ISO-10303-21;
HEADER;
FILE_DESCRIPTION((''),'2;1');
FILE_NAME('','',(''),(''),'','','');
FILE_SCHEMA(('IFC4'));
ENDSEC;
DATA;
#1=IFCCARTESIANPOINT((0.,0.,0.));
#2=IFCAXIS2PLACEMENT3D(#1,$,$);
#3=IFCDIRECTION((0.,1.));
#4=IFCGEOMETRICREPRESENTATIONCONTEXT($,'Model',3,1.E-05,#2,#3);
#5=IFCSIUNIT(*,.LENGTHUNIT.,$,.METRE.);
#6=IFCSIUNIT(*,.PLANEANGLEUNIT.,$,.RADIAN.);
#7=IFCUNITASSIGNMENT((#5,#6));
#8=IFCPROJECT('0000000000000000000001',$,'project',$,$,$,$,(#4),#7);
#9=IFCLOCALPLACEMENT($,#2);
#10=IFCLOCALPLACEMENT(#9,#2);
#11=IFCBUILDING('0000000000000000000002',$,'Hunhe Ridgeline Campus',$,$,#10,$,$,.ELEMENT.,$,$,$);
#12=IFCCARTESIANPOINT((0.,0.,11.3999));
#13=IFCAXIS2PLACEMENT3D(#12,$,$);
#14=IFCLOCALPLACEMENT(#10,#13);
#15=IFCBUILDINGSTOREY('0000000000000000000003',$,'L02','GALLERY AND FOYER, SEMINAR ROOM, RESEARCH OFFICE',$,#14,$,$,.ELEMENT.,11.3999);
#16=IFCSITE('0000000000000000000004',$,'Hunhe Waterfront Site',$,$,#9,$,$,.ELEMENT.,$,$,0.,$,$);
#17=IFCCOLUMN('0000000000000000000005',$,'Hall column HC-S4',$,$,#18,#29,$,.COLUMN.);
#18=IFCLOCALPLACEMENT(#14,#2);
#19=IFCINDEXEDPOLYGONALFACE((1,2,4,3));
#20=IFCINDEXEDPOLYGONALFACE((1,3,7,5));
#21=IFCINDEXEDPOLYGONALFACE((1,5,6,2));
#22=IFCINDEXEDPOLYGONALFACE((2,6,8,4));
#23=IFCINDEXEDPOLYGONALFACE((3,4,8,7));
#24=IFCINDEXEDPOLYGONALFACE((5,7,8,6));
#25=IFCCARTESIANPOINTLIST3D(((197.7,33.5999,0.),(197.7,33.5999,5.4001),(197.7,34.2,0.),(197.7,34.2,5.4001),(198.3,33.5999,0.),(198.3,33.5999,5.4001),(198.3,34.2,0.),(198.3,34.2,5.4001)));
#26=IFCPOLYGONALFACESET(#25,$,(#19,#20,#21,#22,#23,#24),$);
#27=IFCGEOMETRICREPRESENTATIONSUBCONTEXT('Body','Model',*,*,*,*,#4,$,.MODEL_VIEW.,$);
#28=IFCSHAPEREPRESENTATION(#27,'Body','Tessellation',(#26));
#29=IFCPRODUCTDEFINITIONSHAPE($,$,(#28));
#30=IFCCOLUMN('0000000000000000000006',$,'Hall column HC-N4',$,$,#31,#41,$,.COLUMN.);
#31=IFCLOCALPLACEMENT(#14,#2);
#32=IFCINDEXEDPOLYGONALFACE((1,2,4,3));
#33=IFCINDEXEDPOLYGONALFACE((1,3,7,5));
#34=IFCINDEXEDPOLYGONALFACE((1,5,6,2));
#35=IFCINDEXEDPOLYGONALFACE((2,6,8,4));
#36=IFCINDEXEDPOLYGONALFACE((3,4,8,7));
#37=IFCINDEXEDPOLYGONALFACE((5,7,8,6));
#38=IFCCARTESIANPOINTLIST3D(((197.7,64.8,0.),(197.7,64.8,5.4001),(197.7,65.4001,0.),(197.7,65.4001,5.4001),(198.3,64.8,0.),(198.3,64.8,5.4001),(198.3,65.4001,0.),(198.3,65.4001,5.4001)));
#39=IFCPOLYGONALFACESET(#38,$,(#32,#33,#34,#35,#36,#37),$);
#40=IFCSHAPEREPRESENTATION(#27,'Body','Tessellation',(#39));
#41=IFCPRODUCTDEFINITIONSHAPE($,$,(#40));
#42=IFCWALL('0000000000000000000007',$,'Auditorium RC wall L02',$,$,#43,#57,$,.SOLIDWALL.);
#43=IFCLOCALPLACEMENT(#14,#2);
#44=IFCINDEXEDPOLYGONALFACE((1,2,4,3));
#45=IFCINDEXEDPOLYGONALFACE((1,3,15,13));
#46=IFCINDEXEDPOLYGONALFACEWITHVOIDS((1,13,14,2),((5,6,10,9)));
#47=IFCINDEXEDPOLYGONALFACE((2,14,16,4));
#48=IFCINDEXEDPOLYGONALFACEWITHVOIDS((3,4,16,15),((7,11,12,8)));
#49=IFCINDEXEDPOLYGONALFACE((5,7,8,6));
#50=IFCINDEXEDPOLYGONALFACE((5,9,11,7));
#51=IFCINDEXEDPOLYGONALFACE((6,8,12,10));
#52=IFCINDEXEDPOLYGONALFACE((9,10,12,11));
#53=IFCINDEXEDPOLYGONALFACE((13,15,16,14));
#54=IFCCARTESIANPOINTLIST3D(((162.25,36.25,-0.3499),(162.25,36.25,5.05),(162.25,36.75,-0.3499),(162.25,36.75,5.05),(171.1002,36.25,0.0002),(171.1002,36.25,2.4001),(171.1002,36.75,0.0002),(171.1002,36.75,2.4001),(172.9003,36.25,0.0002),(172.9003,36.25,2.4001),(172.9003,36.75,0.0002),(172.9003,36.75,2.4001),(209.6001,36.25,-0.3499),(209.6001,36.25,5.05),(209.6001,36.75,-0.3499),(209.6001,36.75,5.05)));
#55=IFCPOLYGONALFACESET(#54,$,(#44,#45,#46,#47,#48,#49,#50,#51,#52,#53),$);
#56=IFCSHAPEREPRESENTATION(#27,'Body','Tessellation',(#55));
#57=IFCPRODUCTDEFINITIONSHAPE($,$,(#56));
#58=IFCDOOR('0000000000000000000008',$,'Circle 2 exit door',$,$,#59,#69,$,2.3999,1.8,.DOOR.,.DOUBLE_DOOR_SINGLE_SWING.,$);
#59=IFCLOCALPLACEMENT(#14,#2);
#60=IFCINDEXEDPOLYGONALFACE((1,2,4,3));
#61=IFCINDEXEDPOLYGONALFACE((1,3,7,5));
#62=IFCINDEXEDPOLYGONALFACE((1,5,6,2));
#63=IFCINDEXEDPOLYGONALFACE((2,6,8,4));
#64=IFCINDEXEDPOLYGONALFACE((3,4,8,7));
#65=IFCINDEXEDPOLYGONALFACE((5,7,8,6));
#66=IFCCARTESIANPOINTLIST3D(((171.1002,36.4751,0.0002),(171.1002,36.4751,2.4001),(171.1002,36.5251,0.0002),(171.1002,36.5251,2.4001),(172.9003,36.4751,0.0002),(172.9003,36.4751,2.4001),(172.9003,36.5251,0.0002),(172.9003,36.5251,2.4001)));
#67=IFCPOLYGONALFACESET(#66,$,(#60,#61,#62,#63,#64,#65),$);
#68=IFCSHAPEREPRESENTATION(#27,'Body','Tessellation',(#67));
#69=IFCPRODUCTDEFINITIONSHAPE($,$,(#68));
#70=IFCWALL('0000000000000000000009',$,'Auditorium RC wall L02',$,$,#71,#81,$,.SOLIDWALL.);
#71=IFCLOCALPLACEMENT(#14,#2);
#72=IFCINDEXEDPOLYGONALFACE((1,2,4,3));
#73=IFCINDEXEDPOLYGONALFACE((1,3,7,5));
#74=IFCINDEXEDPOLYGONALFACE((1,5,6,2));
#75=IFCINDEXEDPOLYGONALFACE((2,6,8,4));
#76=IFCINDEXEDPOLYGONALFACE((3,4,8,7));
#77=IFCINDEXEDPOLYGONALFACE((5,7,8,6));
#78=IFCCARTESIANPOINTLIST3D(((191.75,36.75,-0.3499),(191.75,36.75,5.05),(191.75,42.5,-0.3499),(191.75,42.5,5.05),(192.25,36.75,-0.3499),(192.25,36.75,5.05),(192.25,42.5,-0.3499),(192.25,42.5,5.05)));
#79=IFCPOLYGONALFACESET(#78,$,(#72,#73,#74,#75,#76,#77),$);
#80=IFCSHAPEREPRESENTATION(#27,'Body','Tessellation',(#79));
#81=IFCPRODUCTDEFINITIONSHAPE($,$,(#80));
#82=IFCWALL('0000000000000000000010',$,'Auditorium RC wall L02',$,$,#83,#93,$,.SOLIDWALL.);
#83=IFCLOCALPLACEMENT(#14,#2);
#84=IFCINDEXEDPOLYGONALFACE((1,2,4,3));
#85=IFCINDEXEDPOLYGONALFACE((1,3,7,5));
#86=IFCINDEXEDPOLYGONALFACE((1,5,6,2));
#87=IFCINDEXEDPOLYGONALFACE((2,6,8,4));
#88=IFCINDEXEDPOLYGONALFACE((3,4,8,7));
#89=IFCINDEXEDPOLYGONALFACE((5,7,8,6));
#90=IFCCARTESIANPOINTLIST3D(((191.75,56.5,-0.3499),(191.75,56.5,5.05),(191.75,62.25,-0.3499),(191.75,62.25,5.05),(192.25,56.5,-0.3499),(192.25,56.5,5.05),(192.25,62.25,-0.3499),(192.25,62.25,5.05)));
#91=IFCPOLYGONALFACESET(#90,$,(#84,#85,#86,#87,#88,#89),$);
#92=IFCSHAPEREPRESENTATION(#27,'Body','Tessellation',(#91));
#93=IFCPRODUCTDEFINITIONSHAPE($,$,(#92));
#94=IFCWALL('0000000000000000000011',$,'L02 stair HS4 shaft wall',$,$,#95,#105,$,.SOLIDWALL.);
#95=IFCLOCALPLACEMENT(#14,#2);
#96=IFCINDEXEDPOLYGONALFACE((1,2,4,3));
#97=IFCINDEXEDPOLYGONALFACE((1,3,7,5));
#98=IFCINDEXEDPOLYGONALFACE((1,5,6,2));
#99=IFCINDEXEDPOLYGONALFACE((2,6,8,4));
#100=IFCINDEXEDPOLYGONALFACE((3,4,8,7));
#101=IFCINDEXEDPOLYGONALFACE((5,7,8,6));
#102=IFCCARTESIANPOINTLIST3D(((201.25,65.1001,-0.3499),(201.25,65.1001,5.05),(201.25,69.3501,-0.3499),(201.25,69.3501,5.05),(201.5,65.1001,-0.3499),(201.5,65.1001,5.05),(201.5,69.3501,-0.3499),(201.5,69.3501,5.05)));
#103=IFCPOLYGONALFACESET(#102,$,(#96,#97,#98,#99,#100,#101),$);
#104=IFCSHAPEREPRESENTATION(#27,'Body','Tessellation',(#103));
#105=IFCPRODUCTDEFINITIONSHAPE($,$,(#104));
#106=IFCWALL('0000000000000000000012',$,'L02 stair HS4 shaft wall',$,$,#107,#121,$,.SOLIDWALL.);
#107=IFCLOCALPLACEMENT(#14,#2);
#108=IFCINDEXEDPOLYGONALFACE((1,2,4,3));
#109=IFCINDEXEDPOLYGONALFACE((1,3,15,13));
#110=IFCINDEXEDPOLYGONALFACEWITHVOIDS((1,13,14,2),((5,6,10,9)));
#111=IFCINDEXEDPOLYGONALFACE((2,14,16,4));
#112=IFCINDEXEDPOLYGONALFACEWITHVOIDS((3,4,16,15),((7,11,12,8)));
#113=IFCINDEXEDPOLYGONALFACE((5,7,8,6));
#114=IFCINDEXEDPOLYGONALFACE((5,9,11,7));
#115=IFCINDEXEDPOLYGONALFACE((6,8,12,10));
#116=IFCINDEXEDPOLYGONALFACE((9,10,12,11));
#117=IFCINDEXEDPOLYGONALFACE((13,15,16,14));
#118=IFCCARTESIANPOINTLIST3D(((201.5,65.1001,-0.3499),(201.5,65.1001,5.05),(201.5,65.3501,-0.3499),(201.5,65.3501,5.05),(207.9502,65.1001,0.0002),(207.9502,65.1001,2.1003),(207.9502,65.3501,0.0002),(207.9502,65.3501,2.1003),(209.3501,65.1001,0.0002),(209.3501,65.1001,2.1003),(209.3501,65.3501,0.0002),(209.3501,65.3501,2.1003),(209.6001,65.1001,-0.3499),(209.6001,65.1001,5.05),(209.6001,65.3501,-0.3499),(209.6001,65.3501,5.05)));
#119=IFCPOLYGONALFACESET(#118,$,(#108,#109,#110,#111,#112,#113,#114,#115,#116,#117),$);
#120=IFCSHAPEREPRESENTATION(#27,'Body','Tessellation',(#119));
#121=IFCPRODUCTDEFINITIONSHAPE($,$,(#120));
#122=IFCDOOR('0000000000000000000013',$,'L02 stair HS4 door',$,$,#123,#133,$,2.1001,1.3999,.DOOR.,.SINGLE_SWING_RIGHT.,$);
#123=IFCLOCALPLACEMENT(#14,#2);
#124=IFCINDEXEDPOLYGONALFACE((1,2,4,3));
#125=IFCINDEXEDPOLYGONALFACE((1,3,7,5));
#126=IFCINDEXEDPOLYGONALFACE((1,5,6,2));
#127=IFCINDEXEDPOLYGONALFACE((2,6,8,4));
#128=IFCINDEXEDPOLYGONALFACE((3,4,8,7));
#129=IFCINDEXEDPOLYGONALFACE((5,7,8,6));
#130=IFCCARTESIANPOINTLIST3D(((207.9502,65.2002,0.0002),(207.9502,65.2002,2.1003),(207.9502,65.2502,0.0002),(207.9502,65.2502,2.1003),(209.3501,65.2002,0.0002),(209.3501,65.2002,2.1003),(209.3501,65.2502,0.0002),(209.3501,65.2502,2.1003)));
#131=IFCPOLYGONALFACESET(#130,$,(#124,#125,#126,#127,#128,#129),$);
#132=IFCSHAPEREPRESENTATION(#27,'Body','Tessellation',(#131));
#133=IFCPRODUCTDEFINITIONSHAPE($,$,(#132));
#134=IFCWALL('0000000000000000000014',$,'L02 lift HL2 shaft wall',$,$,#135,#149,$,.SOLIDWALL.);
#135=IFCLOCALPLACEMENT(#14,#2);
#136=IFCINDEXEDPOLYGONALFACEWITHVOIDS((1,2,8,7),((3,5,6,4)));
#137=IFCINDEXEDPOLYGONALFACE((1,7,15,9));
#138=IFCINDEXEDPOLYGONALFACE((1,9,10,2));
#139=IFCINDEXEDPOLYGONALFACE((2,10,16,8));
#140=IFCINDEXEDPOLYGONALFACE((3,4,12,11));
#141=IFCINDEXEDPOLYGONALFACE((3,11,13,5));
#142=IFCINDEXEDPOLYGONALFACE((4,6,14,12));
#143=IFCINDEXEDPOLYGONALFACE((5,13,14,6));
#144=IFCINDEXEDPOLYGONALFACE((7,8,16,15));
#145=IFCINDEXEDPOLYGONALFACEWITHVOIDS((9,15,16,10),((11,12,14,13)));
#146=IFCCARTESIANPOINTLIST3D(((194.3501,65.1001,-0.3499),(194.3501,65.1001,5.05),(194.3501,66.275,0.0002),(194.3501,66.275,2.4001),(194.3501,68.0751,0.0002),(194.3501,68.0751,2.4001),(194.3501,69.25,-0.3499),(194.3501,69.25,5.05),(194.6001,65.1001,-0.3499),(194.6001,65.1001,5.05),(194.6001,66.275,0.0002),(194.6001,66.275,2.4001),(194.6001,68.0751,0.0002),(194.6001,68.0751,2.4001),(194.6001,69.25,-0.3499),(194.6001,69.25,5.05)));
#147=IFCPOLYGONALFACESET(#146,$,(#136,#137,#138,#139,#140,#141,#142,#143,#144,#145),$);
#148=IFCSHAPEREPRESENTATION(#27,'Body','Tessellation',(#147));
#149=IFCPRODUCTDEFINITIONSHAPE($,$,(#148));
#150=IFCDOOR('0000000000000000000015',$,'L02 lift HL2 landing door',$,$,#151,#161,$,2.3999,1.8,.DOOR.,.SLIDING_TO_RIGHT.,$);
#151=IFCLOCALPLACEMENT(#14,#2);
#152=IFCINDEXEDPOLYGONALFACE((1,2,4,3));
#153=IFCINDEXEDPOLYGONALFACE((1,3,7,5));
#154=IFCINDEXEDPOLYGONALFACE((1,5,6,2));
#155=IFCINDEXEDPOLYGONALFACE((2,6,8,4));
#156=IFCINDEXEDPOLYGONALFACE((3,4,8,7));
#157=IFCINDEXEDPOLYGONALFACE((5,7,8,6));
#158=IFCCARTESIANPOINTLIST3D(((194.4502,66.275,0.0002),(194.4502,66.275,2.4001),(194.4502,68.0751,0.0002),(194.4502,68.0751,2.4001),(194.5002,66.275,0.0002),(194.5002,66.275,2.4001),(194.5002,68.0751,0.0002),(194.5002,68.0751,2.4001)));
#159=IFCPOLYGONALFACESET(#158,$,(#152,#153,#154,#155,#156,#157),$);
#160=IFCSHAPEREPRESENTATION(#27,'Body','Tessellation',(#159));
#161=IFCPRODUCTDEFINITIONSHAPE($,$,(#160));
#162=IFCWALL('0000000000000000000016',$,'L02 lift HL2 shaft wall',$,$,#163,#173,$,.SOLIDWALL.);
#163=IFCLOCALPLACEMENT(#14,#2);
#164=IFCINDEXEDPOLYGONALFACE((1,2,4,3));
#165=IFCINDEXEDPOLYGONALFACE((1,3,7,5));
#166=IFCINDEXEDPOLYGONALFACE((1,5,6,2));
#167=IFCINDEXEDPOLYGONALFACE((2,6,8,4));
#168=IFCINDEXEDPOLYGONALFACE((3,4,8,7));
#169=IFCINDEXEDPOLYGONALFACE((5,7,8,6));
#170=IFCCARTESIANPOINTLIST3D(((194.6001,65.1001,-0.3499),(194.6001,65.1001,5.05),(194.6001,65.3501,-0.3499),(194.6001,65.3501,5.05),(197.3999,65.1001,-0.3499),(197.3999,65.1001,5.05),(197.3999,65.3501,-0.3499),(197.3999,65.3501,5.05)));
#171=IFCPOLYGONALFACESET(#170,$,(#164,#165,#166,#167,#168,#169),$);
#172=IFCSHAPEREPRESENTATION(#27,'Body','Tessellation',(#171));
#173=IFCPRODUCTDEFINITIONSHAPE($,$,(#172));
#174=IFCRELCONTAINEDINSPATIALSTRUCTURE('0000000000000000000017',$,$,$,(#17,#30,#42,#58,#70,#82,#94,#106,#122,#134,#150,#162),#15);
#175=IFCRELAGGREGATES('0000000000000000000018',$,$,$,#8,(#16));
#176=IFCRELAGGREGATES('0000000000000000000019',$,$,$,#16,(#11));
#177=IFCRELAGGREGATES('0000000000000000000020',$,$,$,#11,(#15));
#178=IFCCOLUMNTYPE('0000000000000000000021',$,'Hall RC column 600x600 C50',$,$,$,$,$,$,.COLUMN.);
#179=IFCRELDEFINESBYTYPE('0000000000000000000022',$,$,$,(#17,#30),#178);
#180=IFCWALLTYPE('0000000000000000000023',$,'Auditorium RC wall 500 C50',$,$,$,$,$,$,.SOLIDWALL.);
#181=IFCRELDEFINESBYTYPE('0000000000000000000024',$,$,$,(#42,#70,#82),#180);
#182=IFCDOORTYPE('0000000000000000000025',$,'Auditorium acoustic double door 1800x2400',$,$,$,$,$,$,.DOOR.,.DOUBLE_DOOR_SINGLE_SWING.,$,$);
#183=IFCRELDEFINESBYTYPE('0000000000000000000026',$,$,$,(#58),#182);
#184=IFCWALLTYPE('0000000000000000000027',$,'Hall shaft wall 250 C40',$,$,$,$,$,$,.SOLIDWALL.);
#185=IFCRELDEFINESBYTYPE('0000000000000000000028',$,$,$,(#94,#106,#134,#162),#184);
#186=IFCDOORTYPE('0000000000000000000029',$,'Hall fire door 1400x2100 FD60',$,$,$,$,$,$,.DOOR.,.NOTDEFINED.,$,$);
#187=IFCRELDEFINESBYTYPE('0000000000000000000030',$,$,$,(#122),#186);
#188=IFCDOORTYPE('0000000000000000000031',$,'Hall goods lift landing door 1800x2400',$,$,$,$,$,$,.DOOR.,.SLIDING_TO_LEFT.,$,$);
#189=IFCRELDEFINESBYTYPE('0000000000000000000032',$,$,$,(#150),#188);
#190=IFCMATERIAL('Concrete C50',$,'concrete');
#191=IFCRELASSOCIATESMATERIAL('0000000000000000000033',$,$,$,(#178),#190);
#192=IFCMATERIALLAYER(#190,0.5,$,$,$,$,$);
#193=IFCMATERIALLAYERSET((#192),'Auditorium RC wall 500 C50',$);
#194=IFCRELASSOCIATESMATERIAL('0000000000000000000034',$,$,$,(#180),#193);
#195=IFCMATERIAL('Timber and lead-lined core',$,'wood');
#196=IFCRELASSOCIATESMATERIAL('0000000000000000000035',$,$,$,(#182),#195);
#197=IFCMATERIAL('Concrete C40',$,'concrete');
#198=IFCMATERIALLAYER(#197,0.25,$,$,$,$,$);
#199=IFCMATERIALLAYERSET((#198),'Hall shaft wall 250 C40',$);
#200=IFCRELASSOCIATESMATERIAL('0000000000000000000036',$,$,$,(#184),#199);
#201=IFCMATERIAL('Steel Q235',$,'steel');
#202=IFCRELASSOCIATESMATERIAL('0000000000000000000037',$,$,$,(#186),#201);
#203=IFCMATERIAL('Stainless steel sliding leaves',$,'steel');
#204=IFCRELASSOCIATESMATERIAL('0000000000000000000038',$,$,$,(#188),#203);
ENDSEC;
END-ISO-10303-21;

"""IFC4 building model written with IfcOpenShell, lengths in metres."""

from ifc_helpers import new_model, si_unit, direction, frame, frame_2d, origin, origin_2d, place, context, subcontext, project, spatial, rectangle, extrude, material, layer, layer_set, material_profile, profile_set, type_object, element, fill, save


model = new_model("IFC4")

# Units and contexts
model_context = context("Model", 3, precision=1e-05, world=origin(), true_north=direction((0.0, 1.0)))
body_context = subcontext(model_context, "Body", "Model", "MODEL_VIEW")
ifc_project = project(units=[si_unit("LENGTHUNIT", "METRE"), si_unit("PLANEANGLEUNIT", "RADIAN")], contexts=[model_context])

# Site, building, storey
site_placement = place(None, origin())
site = spatial("IfcSite", under=ifc_project, at=site_placement, Name="Hunhe Waterfront Site", CompositionType="ELEMENT", RefElevation=0.0)
building_placement = place(site_placement, origin())
building = spatial("IfcBuilding", under=site, at=building_placement, Name="Hunhe Ridgeline Campus", CompositionType="ELEMENT")
storey_placement = place(building_placement, frame((0.0, 0.0, 11.3999)))
storey = spatial("IfcBuildingStorey", under=building, at=storey_placement, Name="L02", Description="GALLERY AND FOYER, SEMINAR ROOM, RESEARCH OFFICE", CompositionType="ELEMENT", Elevation=11.3999)

# Columns
ifc_material_1 = material(Name="Concrete C50", Category="concrete")
ifc_material_profile = material_profile(ifc_material_1, rectangle(XDim=0.6001, YDim=0.6001, at=origin_2d()))
ifc_profile_set = profile_set([ifc_material_profile], Name="Concrete C50")
column_type = type_object("IfcColumnType", Name="Hall RC column 600x600 C50", PredefinedType="COLUMN", material=ifc_profile_set)
for number, where, z_axis, x_axis, name in (
    (1, (198.0, 33.8999, 0.0), (0.0, 0.0, 1.0), (1.0, 0.0, 0.0), "Hall column HC-S4"),
    (2, (198.0, 65.1001, 0.0), (0.0, 0.0, 1.0), (1.0, 0.0, 0.0), "Hall column HC-N4"),
):
    element("IfcColumn", number, at=place(storey_placement, frame(where, z_axis=z_axis, x_axis=x_axis)), inside=storey, type_object=column_type, Name=name, PredefinedType="COLUMN", context=body_context, shape_type="SweptSolid", body=[
        extrude(rectangle(XDim=0.6001, YDim=0.6001, at=origin_2d()), origin(), (0.0, 0.0, 1.0), 5.4001),
    ])

# Wall, opening, door
ifc_layer_1 = layer(ifc_material_1, 0.5)
ifc_layer_set_1 = layer_set([ifc_layer_1], Name="Auditorium RC wall 500 C50")
wall_type_1 = type_object("IfcWallType", Name="Auditorium RC wall 500 C50", PredefinedType="SOLIDWALL", material=ifc_layer_set_1)
wall_1_placement = place(storey_placement, frame((209.6001, 36.5, -0.3499), z_axis=(0.0, 0.0, 1.0), x_axis=(-1.0, 0.0, 0.0)))
wall_1 = element("IfcWall", 3, at=wall_1_placement, inside=storey, type_object=wall_type_1, Name="Auditorium RC wall L02", PredefinedType="SOLIDWALL", context=body_context, shape_type="SweptSolid", body=[
    extrude(rectangle(XDim=47.3501, YDim=0.5, at=frame_2d((23.675, 0.0))), origin(), (0.0, 0.0, 1.0), 5.3999),
])
opening_1_placement = place(wall_1_placement, frame((36.7, 0.0, 0.3501)))
opening_1 = element("IfcOpeningElement", 4, at=opening_1_placement, cuts=wall_1, PredefinedType="OPENING", context=body_context, shape_type="SweptSolid", body=[
    extrude(rectangle(XDim=1.8, YDim=2.3999, at=frame_2d((0.8999, 1.2))), frame((0.0, 0.25, 0.0), z_axis=(0.0, -1.0, 0.0), x_axis=(1.0, 0.0, 0.0)), (0.0, 0.0, 1.0), 0.5),
])
ifc_material_2 = material(Name="Timber and lead-lined core", Category="wood")
door_type_1 = type_object("IfcDoorType", Name="Auditorium acoustic double door 1800x2400", OperationType="DOUBLE_DOOR_SINGLE_SWING", PredefinedType="DOOR", material=ifc_material_2)
door_1_placement = place(opening_1_placement, origin())
door_1 = element("IfcDoor", 5, at=door_1_placement, inside=storey, type_object=door_type_1, Name="Circle 2 exit door", OperationType="DOUBLE_DOOR_SINGLE_SWING", OverallHeight=2.3999, OverallWidth=1.8, PredefinedType="DOOR", context=body_context, shape_type="SweptSolid", body=[
    extrude(rectangle(XDim=1.8, YDim=2.3999, at=frame_2d((0.8999, 1.2))), frame((0.0, 0.0249, 0.0), z_axis=(0.0, -1.0, 0.0), x_axis=(1.0, 0.0, 0.0)), (0.0, 0.0, 1.0), 0.05),
])
fill(opening_1, door_1)

# Walls
for number, where, z_axis, x_axis, name in (
    (6, (192.0, 36.75, -0.3499), (0.0, 0.0, 1.0), (0.0, 1.0, 0.0), "Auditorium RC wall L02"),
    (7, (192.0, 56.5, -0.3499), (0.0, 0.0, 1.0), (0.0, 1.0, 0.0), "Auditorium RC wall L02"),
):
    element("IfcWall", number, at=place(storey_placement, frame(where, z_axis=z_axis, x_axis=x_axis)), inside=storey, type_object=wall_type_1, Name=name, PredefinedType="SOLIDWALL", context=body_context, shape_type="SweptSolid", body=[
        extrude(rectangle(XDim=5.75, YDim=0.5, at=frame_2d((2.875, 0.0))), origin(), (0.0, 0.0, 1.0), 5.3999),
    ])

# Wall
ifc_material_3 = material(Name="Concrete C40", Category="concrete")
ifc_layer_2 = layer(ifc_material_3, 0.25)
ifc_layer_set_2 = layer_set([ifc_layer_2], Name="Hall shaft wall 250 C40")
wall_type_2 = type_object("IfcWallType", Name="Hall shaft wall 250 C40", PredefinedType="SOLIDWALL", material=ifc_layer_set_2)
wall_2_placement = place(storey_placement, frame((201.375, 65.1001, -0.3499), z_axis=(0.0, 0.0, 1.0), x_axis=(0.0, 1.0, 0.0)))
element("IfcWall", 8, at=wall_2_placement, inside=storey, type_object=wall_type_2, Name="L02 stair HS4 shaft wall", PredefinedType="SOLIDWALL", context=body_context, shape_type="SweptSolid", body=[
    extrude(rectangle(XDim=4.25, YDim=0.25, at=frame_2d((2.125, 0.0))), origin(), (0.0, 0.0, 1.0), 5.3999),
])

# Walls, openings, doors
wall_3_placement = place(storey_placement, frame((209.6001, 65.2251, -0.3499), z_axis=(0.0, 0.0, 1.0), x_axis=(-1.0, 0.0, 0.0)))
wall_3 = element("IfcWall", 9, at=wall_3_placement, inside=storey, type_object=wall_type_2, Name="L02 stair HS4 shaft wall", PredefinedType="SOLIDWALL", context=body_context, shape_type="SweptSolid", body=[
    extrude(rectangle(XDim=8.1001, YDim=0.25, at=frame_2d((4.05, 0.0))), origin(), (0.0, 0.0, 1.0), 5.3999),
])
opening_2_placement = place(wall_3_placement, frame((0.25, 0.0, 0.3501)))
opening_2 = element("IfcOpeningElement", 10, at=opening_2_placement, cuts=wall_3, PredefinedType="OPENING", context=body_context, shape_type="SweptSolid", body=[
    extrude(rectangle(XDim=1.3999, YDim=2.1001, at=frame_2d((0.7, 1.05))), frame((0.0, 0.125, 0.0), z_axis=(0.0, -1.0, 0.0), x_axis=(1.0, 0.0, 0.0)), (0.0, 0.0, 1.0), 0.25),
])
ifc_material_4 = material(Name="Steel Q235", Category="steel")
door_type_2 = type_object("IfcDoorType", Name="Hall fire door 1400x2100 FD60", OperationType="NOTDEFINED", PredefinedType="DOOR", material=ifc_material_4)
door_2_placement = place(opening_2_placement, origin())
door_2 = element("IfcDoor", 11, at=door_2_placement, inside=storey, type_object=door_type_2, Name="L02 stair HS4 door", OperationType="SINGLE_SWING_RIGHT", OverallHeight=2.1001, OverallWidth=1.3999, PredefinedType="DOOR", context=body_context, shape_type="SweptSolid", body=[
    extrude(rectangle(XDim=1.3999, YDim=2.1001, at=frame_2d((0.7, 1.05))), frame((0.0, 0.0249, 0.0), z_axis=(0.0, -1.0, 0.0), x_axis=(1.0, 0.0, 0.0)), (0.0, 0.0, 1.0), 0.05),
])
fill(opening_2, door_2)
wall_4_placement = place(storey_placement, frame((194.4751, 65.1001, -0.3499), z_axis=(0.0, 0.0, 1.0), x_axis=(0.0, 1.0, 0.0)))
wall_4 = element("IfcWall", 12, at=wall_4_placement, inside=storey, type_object=wall_type_2, Name="L02 lift HL2 shaft wall", PredefinedType="SOLIDWALL", context=body_context, shape_type="SweptSolid", body=[
    extrude(rectangle(XDim=4.1499, YDim=0.25, at=frame_2d((2.075, 0.0))), origin(), (0.0, 0.0, 1.0), 5.3999),
])
opening_3_placement = place(wall_4_placement, frame((1.175, 0.0, 0.3501)))
opening_3 = element("IfcOpeningElement", 13, at=opening_3_placement, cuts=wall_4, PredefinedType="OPENING", context=body_context, shape_type="SweptSolid", body=[
    extrude(rectangle(XDim=1.8, YDim=2.3999, at=frame_2d((0.8999, 1.2))), frame((0.0, 0.125, 0.0), z_axis=(0.0, -1.0, 0.0), x_axis=(1.0, 0.0, 0.0)), (0.0, 0.0, 1.0), 0.25),
])
ifc_material_5 = material(Name="Stainless steel sliding leaves", Category="steel")
door_type_3 = type_object("IfcDoorType", Name="Hall goods lift landing door 1800x2400", OperationType="SLIDING_TO_LEFT", PredefinedType="DOOR", material=ifc_material_5)
door_3_placement = place(opening_3_placement, origin())
door_3 = element("IfcDoor", 14, at=door_3_placement, inside=storey, type_object=door_type_3, Name="L02 lift HL2 landing door", OperationType="SLIDING_TO_RIGHT", OverallHeight=2.3999, OverallWidth=1.8, PredefinedType="DOOR", context=body_context, shape_type="SweptSolid", body=[
    extrude(rectangle(XDim=1.8, YDim=2.3999, at=frame_2d((0.8999, 1.2))), frame((0.0, 0.0249, 0.0), z_axis=(0.0, -1.0, 0.0), x_axis=(1.0, 0.0, 0.0)), (0.0, 0.0, 1.0), 0.05),
])
fill(opening_3, door_3)

# Wall
wall_5_placement = place(storey_placement, frame((197.3999, 65.2251, -0.3499), z_axis=(0.0, 0.0, 1.0), x_axis=(-1.0, 0.0, 0.0)))
element("IfcWall", 15, at=wall_5_placement, inside=storey, type_object=wall_type_2, Name="L02 lift HL2 shaft wall", PredefinedType="SOLIDWALL", context=body_context, shape_type="SweptSolid", body=[
    extrude(rectangle(XDim=2.7998, YDim=0.25, at=frame_2d((1.3999, 0.0))), origin(), (0.0, 0.0, 1.0), 5.3999),
])

save(model, "model.ifc")
